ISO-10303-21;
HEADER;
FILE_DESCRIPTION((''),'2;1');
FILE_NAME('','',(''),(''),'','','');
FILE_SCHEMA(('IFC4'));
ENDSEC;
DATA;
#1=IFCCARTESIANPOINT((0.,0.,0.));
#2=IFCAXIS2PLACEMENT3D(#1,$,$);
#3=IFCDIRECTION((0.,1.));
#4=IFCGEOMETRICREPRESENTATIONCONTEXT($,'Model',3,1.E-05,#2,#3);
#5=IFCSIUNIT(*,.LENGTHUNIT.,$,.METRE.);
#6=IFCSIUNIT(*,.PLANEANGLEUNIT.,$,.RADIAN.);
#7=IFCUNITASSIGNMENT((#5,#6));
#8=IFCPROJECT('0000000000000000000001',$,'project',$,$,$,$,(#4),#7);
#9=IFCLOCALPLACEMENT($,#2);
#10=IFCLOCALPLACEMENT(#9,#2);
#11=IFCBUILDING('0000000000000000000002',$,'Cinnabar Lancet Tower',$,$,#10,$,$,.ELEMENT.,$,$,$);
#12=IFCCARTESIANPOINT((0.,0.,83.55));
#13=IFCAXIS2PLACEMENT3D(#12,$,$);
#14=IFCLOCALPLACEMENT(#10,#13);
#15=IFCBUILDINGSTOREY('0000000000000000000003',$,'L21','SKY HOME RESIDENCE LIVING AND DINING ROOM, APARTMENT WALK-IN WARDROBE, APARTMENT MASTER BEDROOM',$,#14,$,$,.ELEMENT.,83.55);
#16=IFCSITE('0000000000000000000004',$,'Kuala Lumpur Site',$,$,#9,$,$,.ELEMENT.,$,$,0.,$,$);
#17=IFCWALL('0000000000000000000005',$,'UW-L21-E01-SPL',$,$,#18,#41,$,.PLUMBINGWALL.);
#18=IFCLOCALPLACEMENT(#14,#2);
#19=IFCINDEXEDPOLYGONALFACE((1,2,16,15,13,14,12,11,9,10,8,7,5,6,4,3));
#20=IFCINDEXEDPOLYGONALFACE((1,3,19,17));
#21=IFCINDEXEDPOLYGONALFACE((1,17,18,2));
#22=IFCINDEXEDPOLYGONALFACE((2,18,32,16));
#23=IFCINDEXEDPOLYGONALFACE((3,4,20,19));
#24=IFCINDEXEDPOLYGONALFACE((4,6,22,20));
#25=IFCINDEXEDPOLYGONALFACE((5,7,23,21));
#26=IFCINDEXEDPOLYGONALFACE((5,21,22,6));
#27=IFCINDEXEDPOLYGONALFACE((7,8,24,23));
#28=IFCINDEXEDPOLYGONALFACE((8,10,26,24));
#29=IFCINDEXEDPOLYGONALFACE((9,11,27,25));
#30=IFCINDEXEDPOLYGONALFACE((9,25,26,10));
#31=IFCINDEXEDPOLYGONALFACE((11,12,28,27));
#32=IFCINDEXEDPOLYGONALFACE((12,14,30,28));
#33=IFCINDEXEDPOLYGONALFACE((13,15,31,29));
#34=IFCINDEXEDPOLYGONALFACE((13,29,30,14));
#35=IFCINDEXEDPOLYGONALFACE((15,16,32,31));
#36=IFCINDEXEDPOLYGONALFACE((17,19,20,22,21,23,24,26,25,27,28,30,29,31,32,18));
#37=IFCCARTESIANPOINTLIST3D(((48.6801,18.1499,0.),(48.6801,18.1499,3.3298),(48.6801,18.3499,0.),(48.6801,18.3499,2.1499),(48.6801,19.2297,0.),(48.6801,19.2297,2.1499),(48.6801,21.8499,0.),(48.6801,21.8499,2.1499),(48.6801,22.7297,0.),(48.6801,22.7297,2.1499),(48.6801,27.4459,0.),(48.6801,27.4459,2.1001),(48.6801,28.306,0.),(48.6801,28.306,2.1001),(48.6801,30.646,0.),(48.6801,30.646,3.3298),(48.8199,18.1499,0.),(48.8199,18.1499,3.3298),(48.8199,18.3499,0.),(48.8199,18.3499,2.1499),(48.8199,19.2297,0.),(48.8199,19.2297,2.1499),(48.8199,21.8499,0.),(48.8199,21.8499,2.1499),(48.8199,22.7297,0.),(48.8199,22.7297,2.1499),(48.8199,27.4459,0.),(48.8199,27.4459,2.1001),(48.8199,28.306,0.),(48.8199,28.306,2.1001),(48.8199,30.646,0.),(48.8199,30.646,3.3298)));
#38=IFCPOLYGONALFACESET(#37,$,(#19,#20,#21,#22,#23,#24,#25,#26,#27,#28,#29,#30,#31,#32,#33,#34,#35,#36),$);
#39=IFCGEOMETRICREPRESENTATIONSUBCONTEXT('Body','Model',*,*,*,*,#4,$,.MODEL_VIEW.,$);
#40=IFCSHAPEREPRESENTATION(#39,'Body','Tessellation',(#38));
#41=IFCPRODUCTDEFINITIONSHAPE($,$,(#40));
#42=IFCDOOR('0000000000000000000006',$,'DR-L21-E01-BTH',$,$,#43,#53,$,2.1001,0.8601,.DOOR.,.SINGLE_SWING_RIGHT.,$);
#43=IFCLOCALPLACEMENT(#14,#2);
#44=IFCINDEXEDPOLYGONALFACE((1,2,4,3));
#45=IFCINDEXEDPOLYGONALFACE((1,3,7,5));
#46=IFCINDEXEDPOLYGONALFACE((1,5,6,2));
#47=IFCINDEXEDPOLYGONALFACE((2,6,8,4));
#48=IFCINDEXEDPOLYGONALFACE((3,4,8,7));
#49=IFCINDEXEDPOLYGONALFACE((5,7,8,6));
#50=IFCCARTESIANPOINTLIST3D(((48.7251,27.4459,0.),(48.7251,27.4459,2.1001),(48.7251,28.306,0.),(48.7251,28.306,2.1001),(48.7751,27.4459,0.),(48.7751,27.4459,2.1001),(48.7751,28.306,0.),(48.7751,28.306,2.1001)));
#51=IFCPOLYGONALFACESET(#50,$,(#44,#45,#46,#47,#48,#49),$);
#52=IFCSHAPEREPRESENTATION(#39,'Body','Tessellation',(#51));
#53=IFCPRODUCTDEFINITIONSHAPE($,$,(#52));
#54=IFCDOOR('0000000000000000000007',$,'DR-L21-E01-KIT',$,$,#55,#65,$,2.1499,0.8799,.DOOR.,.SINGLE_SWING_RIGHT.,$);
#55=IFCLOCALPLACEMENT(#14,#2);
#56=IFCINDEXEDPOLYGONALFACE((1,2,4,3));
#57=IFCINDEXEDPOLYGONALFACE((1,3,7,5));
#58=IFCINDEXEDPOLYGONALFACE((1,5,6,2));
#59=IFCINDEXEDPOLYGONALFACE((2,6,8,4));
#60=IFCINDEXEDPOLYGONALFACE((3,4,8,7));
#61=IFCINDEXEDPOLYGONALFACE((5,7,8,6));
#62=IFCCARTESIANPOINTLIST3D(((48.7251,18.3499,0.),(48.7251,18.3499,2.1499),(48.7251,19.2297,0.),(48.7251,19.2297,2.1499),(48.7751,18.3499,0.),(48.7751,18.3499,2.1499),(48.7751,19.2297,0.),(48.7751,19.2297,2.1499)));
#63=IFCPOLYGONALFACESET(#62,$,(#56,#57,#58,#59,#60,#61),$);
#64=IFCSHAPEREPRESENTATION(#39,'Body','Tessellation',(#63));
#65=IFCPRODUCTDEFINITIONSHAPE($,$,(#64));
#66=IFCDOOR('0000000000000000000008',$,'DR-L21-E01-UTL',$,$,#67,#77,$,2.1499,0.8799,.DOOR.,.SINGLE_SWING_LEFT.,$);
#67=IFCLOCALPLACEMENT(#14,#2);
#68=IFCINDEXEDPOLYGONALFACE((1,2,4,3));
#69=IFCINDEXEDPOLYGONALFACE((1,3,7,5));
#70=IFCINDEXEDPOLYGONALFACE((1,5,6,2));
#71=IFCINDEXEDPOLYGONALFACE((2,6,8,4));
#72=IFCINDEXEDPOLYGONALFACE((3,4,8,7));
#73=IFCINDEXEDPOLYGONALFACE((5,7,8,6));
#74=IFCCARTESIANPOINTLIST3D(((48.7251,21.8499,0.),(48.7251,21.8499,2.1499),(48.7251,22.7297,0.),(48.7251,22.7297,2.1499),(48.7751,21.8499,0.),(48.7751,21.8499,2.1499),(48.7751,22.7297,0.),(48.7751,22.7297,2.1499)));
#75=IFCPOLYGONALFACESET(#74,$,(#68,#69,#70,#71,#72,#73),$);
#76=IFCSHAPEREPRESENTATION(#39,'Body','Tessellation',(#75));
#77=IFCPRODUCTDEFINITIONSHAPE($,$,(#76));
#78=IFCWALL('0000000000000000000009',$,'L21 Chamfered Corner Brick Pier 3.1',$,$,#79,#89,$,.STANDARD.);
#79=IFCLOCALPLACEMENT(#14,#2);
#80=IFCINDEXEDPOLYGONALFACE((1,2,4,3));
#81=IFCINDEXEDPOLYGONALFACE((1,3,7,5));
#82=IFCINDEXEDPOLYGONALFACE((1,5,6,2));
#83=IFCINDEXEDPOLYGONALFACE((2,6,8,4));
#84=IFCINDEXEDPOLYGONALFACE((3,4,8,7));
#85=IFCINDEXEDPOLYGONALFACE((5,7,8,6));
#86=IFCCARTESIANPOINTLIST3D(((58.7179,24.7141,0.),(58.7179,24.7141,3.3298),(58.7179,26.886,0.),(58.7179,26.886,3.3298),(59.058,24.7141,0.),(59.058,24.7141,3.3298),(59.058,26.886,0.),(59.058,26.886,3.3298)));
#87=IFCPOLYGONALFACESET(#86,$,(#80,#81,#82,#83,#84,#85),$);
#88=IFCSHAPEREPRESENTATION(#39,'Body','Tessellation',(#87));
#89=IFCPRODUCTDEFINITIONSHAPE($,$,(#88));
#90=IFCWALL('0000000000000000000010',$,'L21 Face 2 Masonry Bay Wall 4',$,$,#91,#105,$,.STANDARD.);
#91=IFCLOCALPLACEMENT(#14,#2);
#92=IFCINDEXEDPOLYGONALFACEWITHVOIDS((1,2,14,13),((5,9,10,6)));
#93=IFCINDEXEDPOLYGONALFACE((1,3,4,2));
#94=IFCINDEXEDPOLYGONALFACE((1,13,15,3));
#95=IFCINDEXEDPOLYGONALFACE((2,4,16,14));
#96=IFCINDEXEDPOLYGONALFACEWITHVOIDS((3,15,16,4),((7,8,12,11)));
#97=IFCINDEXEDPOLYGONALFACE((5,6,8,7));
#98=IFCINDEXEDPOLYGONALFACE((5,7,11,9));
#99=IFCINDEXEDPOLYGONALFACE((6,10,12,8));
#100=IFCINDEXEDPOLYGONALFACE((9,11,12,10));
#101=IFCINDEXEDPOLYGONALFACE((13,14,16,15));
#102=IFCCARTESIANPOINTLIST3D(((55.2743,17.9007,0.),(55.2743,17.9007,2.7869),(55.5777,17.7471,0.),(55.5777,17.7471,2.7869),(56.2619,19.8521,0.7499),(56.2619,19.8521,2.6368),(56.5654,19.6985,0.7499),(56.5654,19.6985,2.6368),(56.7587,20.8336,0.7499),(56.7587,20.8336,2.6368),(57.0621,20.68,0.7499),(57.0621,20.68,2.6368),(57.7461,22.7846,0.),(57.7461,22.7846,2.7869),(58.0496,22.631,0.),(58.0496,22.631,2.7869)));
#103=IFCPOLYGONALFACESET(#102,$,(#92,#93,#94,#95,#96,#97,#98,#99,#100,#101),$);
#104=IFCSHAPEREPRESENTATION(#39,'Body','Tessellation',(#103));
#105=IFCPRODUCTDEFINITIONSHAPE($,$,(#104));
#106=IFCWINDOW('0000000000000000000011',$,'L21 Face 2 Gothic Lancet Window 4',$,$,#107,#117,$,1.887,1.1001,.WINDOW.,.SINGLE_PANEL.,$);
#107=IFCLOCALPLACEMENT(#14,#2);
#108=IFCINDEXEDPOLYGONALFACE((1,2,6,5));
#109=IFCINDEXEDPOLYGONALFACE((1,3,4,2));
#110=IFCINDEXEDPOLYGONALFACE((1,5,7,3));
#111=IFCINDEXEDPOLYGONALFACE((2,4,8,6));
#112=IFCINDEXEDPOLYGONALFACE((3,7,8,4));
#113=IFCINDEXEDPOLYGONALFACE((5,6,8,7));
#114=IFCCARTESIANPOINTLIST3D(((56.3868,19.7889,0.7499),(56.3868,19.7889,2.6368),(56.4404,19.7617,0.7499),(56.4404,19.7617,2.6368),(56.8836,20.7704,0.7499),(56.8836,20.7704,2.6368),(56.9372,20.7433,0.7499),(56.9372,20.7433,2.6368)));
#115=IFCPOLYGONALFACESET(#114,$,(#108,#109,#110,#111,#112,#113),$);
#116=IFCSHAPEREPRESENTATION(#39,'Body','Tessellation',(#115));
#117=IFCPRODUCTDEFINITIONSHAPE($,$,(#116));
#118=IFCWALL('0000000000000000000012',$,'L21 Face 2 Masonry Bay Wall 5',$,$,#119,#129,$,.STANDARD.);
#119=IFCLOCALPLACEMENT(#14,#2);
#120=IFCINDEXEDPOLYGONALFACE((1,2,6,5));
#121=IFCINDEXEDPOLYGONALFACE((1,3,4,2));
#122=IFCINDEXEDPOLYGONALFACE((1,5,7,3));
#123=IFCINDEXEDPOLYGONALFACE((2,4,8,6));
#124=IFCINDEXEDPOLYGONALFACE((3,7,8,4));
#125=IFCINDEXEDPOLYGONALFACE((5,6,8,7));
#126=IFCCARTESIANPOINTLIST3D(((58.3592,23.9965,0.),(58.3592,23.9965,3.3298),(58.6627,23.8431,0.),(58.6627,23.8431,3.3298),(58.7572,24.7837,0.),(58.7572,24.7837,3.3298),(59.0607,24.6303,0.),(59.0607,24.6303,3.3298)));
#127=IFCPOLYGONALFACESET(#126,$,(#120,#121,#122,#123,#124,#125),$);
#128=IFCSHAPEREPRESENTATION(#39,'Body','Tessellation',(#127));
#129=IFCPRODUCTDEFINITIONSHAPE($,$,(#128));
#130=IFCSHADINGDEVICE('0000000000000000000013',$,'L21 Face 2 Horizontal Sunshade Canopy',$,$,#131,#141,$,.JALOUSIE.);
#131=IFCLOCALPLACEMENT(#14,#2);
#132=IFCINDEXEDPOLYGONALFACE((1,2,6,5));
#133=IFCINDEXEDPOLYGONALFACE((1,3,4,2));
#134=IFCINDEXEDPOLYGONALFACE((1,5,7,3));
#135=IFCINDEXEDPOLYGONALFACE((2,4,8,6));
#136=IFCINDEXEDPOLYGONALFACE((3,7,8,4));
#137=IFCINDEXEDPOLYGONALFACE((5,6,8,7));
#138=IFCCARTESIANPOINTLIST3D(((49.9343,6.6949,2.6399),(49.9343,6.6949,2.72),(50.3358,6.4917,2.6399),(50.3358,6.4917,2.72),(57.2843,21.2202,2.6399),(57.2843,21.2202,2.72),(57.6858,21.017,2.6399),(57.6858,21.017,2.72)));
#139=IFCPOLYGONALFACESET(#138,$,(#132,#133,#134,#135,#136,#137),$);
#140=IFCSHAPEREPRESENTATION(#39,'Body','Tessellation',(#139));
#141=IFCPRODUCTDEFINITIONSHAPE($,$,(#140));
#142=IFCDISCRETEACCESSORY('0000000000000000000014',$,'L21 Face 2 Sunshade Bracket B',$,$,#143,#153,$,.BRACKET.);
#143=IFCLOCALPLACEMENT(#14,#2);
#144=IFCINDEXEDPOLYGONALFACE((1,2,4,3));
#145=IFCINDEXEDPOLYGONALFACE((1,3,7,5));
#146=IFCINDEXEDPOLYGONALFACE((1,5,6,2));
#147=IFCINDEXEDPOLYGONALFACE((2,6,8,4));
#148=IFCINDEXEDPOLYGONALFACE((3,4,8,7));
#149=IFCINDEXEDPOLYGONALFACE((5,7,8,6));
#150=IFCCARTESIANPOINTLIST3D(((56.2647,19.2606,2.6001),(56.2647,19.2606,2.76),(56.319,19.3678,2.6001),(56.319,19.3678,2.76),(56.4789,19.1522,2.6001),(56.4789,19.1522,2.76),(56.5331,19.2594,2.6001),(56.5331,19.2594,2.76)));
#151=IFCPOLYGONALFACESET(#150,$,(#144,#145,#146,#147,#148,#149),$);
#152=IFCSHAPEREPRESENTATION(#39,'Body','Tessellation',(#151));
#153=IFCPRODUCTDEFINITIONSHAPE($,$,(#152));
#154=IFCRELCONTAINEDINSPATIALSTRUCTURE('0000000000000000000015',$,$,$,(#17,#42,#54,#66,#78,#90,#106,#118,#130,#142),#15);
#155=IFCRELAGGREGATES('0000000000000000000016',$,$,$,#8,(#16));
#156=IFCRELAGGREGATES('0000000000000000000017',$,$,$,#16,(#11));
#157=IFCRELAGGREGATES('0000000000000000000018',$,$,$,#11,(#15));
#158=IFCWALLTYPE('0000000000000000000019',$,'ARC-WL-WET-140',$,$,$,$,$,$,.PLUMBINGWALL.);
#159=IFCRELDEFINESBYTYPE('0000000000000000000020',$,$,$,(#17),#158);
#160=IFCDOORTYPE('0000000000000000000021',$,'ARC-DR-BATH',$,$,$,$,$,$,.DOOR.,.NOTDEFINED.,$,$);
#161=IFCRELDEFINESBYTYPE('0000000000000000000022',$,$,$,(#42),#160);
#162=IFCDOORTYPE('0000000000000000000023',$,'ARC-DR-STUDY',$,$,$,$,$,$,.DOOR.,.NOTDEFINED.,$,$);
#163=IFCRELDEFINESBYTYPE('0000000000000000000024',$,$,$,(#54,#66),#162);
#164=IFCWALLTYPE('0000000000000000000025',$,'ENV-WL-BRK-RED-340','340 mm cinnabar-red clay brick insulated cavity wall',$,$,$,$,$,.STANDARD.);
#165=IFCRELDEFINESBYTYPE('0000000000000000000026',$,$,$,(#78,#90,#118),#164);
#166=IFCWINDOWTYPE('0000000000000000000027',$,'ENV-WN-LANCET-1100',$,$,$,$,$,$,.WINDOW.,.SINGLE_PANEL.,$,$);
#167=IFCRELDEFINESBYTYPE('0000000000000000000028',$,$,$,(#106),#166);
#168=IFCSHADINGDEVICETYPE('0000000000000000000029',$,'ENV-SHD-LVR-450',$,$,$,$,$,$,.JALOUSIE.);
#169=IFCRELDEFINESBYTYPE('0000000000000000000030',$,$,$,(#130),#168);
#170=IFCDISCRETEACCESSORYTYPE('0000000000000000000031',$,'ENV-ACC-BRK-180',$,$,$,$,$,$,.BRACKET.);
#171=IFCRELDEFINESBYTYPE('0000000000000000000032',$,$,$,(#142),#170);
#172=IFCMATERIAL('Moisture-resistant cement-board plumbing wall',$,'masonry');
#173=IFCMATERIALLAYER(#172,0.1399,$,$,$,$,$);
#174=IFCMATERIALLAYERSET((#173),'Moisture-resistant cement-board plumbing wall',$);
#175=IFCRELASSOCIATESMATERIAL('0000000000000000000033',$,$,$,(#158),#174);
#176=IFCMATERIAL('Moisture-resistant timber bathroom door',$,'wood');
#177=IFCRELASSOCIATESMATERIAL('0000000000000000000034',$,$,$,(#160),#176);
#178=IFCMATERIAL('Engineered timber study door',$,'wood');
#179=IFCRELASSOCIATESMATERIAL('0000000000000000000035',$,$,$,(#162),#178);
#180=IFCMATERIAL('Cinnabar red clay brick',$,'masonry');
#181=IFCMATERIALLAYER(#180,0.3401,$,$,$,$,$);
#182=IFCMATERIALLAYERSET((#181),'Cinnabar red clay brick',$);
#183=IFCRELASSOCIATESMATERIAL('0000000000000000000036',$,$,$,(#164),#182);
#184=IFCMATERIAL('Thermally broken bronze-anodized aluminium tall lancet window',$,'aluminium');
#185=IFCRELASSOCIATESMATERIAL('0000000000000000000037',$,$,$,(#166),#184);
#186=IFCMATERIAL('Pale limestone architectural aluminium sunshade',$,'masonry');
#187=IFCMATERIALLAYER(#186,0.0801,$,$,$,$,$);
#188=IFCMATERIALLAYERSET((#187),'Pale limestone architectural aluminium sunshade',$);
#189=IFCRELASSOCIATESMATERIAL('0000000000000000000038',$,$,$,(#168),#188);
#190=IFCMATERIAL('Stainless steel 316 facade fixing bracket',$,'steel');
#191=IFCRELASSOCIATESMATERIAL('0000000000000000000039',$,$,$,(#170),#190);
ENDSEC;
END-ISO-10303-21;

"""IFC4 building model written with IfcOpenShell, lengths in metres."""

from ifc_helpers import new_model, si_unit, direction, frame, frame_2d, origin, origin_2d, place, context, subcontext, project, spatial, rectangle, extrude, material, layer, layer_set, type_object, element, fill, save


model = new_model("IFC4")

# Units and contexts
model_context = context("Model", 3, precision=1e-05, world=origin(), true_north=direction((0.0, 1.0)))
body_context = subcontext(model_context, "Body", "Model", "MODEL_VIEW")
ifc_project = project(units=[si_unit("LENGTHUNIT", "METRE"), si_unit("PLANEANGLEUNIT", "RADIAN")], contexts=[model_context])

# Site, building, storey
site_placement = place(None, origin())
site = spatial("IfcSite", under=ifc_project, at=site_placement, Name="Kuala Lumpur Site", CompositionType="ELEMENT", RefElevation=0.0)
building_placement = place(site_placement, origin())
building = spatial("IfcBuilding", under=site, at=building_placement, Name="Cinnabar Lancet Tower", CompositionType="ELEMENT")
storey_placement = place(building_placement, frame((0.0, 0.0, 83.55)))
storey = spatial("IfcBuildingStorey", under=building, at=storey_placement, Name="L21", Description="SKY HOME RESIDENCE LIVING AND DINING ROOM, APARTMENT WALK-IN WARDROBE, APARTMENT MASTER BEDROOM", CompositionType="ELEMENT", Elevation=83.55)

# Wall, openings, doors
ifc_material_1 = material(Name="Moisture-resistant cement-board plumbing wall", Category="masonry")
ifc_layer_1 = layer(ifc_material_1, 0.1399)
ifc_layer_set_1 = layer_set([ifc_layer_1], Name="Moisture-resistant cement-board plumbing wall")
wall_type_1 = type_object("IfcWallType", Name="ARC-WL-WET-140", PredefinedType="PLUMBINGWALL", material=ifc_layer_set_1)
wall_1_placement = place(storey_placement, frame((48.75, 18.1499, 0.0), z_axis=(0.0, 0.0, 1.0), x_axis=(0.0, 1.0, 0.0)))
wall_1 = element("IfcWall", 1, at=wall_1_placement, inside=storey, type_object=wall_type_1, Name="UW-L21-E01-SPL", PredefinedType="PLUMBINGWALL", context=body_context, shape_type="SweptSolid", body=[
    extrude(rectangle(XDim=12.4961, YDim=0.1399, at=frame_2d((6.248, 0.0))), origin(), (0.0, 0.0, 1.0), 3.3298),
])
opening_1_placement = place(wall_1_placement, frame((0.2, 0.0, 0.0)))
opening_1 = element("IfcOpeningElement", 2, at=opening_1_placement, cuts=wall_1, PredefinedType="OPENING", context=body_context, shape_type="SweptSolid", body=[
    extrude(rectangle(XDim=0.8799, YDim=2.1499, at=frame_2d((0.4399, 1.075))), frame((0.0, 0.0798, 0.0), z_axis=(0.0, -1.0, 0.0), x_axis=(1.0, 0.0, 0.0)), (0.0, 0.0, 1.0), 0.1599),
])
opening_2_placement = place(wall_1_placement, frame((3.7, 0.0, 0.0)))
opening_2 = element("IfcOpeningElement", 3, at=opening_2_placement, cuts=wall_1, PredefinedType="OPENING", context=body_context, shape_type="SweptSolid", body=[
    extrude(rectangle(XDim=0.8799, YDim=2.1499, at=frame_2d((0.4399, 1.075))), frame((0.0, 0.0798, 0.0), z_axis=(0.0, -1.0, 0.0), x_axis=(1.0, 0.0, 0.0)), (0.0, 0.0, 1.0), 0.1599),
])
opening_3_placement = place(wall_1_placement, frame((9.2959, 0.0, 0.0)))
opening_3 = element("IfcOpeningElement", 4, at=opening_3_placement, cuts=wall_1, PredefinedType="OPENING", context=body_context, shape_type="SweptSolid", body=[
    extrude(rectangle(XDim=0.8601, YDim=2.1001, at=frame_2d((0.4302, 1.05))), frame((0.0, 0.0798, 0.0), z_axis=(0.0, -1.0, 0.0), x_axis=(1.0, 0.0, 0.0)), (0.0, 0.0, 1.0), 0.1599),
])
ifc_material_2 = material(Name="Moisture-resistant timber bathroom door", Category="wood")
door_type_1 = type_object("IfcDoorType", Name="ARC-DR-BATH", OperationType="NOTDEFINED", PredefinedType="DOOR", material=ifc_material_2)
door_1_placement = place(opening_3_placement, origin())
door_1 = element("IfcDoor", 5, at=door_1_placement, inside=storey, type_object=door_type_1, Name="DR-L21-E01-BTH", OperationType="SINGLE_SWING_RIGHT", OverallHeight=2.1001, OverallWidth=0.8601, PredefinedType="DOOR", context=body_context, shape_type="SweptSolid", body=[
    extrude(rectangle(XDim=0.8601, YDim=2.1001, at=frame_2d((0.4302, 1.05))), frame((0.0, 0.0249, 0.0), z_axis=(0.0, -1.0, 0.0), x_axis=(1.0, 0.0, 0.0)), (0.0, 0.0, 1.0), 0.05),
])
fill(opening_3, door_1)
ifc_material_3 = material(Name="Engineered timber study door", Category="wood")
door_type_2 = type_object("IfcDoorType", Name="ARC-DR-STUDY", OperationType="NOTDEFINED", PredefinedType="DOOR", material=ifc_material_3)
door_2_placement = place(opening_1_placement, origin())
door_2 = element("IfcDoor", 6, at=door_2_placement, inside=storey, type_object=door_type_2, Name="DR-L21-E01-KIT", OperationType="SINGLE_SWING_RIGHT", OverallHeight=2.1499, OverallWidth=0.8799, PredefinedType="DOOR", context=body_context, shape_type="SweptSolid", body=[
    extrude(rectangle(XDim=0.8799, YDim=2.1499, at=frame_2d((0.4399, 1.075))), frame((0.0, 0.0249, 0.0), z_axis=(0.0, -1.0, 0.0), x_axis=(1.0, 0.0, 0.0)), (0.0, 0.0, 1.0), 0.05),
])
fill(opening_1, door_2)
door_3_placement = place(opening_2_placement, origin())
door_3 = element("IfcDoor", 7, at=door_3_placement, inside=storey, type_object=door_type_2, Name="DR-L21-E01-UTL", OperationType="SINGLE_SWING_LEFT", OverallHeight=2.1499, OverallWidth=0.8799, PredefinedType="DOOR", context=body_context, shape_type="SweptSolid", body=[
    extrude(rectangle(XDim=0.8799, YDim=2.1499, at=frame_2d((0.4399, 1.075))), frame((0.0, 0.0249, 0.0), z_axis=(0.0, -1.0, 0.0), x_axis=(1.0, 0.0, 0.0)), (0.0, 0.0, 1.0), 0.05),
])
fill(opening_2, door_3)

# Wall
ifc_material_4 = material(Name="Cinnabar red clay brick", Category="masonry")
ifc_layer_2 = layer(ifc_material_4, 0.3401)
ifc_layer_set_2 = layer_set([ifc_layer_2], Name="Cinnabar red clay brick")
wall_type_2 = type_object("IfcWallType", Name="ENV-WL-BRK-RED-340", Description="340 mm cinnabar-red clay brick insulated cavity wall", PredefinedType="STANDARD", material=ifc_layer_set_2)
wall_2_placement = place(storey_placement, frame((58.8879, 24.7141, 0.0), z_axis=(0.0, 0.0, 1.0), x_axis=(0.0, 1.0, 0.0)))
element("IfcWall", 8, at=wall_2_placement, inside=storey, type_object=wall_type_2, Name="L21 Chamfered Corner Brick Pier 3.1", PredefinedType="STANDARD", context=body_context, shape_type="SweptSolid", body=[
    extrude(rectangle(XDim=2.1719, YDim=0.3401, at=frame_2d((1.0859, 0.0))), origin(), (0.0, 0.0, 1.0), 3.3298),
])

# Wall, opening, window
wall_3_placement = place(storey_placement, frame((55.426, 17.824, 0.0), z_axis=(0.0, 0.0, 1.0), x_axis=(0.451579, 0.892231, 0.0)))
wall_3 = element("IfcWall", 9, at=wall_3_placement, inside=storey, type_object=wall_type_2, Name="L21 Face 2 Masonry Bay Wall 4", PredefinedType="STANDARD", context=body_context, shape_type="SweptSolid", body=[
    extrude(rectangle(XDim=5.4739, YDim=0.3401, at=frame_2d((2.7368, 0.0))), origin(), (0.0, 0.0, 1.0), 2.7869),
])
opening_4_placement = place(wall_3_placement, frame((2.187, 0.0, 0.75)))
opening_4 = element("IfcOpeningElement", 10, at=opening_4_placement, cuts=wall_3, PredefinedType="OPENING", context=body_context, shape_type="SweptSolid", body=[
    extrude(rectangle(XDim=1.1001, YDim=1.887, at=frame_2d((0.55, 0.9434))), frame((0.0, 0.1799, 0.0), z_axis=(0.0, -1.0, 0.0), x_axis=(1.0, 0.0, 0.0)), (0.0, 0.0, 1.0), 0.3601),
])
ifc_material_5 = material(Name="Thermally broken bronze-anodized aluminium tall lancet window", Category="aluminium")
window_type = type_object("IfcWindowType", Name="ENV-WN-LANCET-1100", PartitioningType="SINGLE_PANEL", PredefinedType="WINDOW", material=ifc_material_5)
window_placement = place(opening_4_placement, origin())
window = element("IfcWindow", 11, at=window_placement, inside=storey, type_object=window_type, Name="L21 Face 2 Gothic Lancet Window 4", OverallHeight=1.887, OverallWidth=1.1001, PartitioningType="SINGLE_PANEL", PredefinedType="WINDOW", context=body_context, shape_type="SweptSolid", body=[
    extrude(rectangle(XDim=1.1001, YDim=1.887, at=frame_2d((0.55, 0.9434))), frame((0.0, 0.03, 0.0), z_axis=(0.0, -1.0, 0.0), x_axis=(1.0, 0.0, 0.0)), (0.0, 0.0, 1.0), 0.0601),
])
fill(opening_4, window)

# Wall
wall_4_placement = place(storey_placement, frame((58.511, 23.9199, 0.0), z_axis=(0.0, 0.0, 1.0), x_axis=(0.451195, 0.892425, 0.0)))
element("IfcWall", 12, at=wall_4_placement, inside=storey, type_object=wall_type_2, Name="L21 Face 2 Masonry Bay Wall 5", PredefinedType="STANDARD", context=body_context, shape_type="SweptSolid", body=[
    extrude(rectangle(XDim=0.8821, YDim=0.3401, at=frame_2d((0.4409, 0.0))), origin(), (0.0, 0.0, 1.0), 3.3298),
])

# Shading device
ifc_material_6 = material(Name="Pale limestone architectural aluminium sunshade", Category="masonry")
ifc_layer_3 = layer(ifc_material_6, 0.0801)
ifc_layer_set_3 = layer_set([ifc_layer_3], Name="Pale limestone architectural aluminium sunshade")
shading_device_type = type_object("IfcShadingDeviceType", Name="ENV-SHD-LVR-450", PredefinedType="JALOUSIE", material=ifc_layer_set_3)
shading_device_placement = place(storey_placement, frame((53.8101, 13.856, 2.6399), z_axis=(0.0, 0.0, 1.0), x_axis=(0.451501, 0.892271, 0.0)))
element("IfcShadingDevice", 13, at=shading_device_placement, inside=storey, type_object=shading_device_type, Name="L21 Face 2 Horizontal Sunshade Canopy", PredefinedType="JALOUSIE", context=body_context, shape_type="SweptSolid", body=[
    extrude(rectangle(XDim=16.2791, YDim=0.45, at=origin_2d()), origin(), (0.0, 0.0, 1.0), 0.0801),
])

# Discrete accessory
ifc_material_7 = material(Name="Stainless steel 316 facade fixing bracket", Category="steel")
discrete_accessory_type = type_object("IfcDiscreteAccessoryType", Name="ENV-ACC-BRK-180", PredefinedType="BRACKET", material=ifc_material_7)
discrete_accessory_placement = place(storey_placement, frame((56.3989, 19.26, 2.6001), z_axis=(0.0, 0.0, 1.0), x_axis=(0.451501, 0.892271, 0.0)))
element("IfcDiscreteAccessory", 14, at=discrete_accessory_placement, inside=storey, type_object=discrete_accessory_type, Name="L21 Face 2 Sunshade Bracket B", PredefinedType="BRACKET", context=body_context, shape_type="SweptSolid", body=[
    extrude(rectangle(XDim=0.1201, YDim=0.24, at=origin_2d()), origin(), (0.0, 0.0, 1.0), 0.1599),
])

save(model, "model.ifc")
